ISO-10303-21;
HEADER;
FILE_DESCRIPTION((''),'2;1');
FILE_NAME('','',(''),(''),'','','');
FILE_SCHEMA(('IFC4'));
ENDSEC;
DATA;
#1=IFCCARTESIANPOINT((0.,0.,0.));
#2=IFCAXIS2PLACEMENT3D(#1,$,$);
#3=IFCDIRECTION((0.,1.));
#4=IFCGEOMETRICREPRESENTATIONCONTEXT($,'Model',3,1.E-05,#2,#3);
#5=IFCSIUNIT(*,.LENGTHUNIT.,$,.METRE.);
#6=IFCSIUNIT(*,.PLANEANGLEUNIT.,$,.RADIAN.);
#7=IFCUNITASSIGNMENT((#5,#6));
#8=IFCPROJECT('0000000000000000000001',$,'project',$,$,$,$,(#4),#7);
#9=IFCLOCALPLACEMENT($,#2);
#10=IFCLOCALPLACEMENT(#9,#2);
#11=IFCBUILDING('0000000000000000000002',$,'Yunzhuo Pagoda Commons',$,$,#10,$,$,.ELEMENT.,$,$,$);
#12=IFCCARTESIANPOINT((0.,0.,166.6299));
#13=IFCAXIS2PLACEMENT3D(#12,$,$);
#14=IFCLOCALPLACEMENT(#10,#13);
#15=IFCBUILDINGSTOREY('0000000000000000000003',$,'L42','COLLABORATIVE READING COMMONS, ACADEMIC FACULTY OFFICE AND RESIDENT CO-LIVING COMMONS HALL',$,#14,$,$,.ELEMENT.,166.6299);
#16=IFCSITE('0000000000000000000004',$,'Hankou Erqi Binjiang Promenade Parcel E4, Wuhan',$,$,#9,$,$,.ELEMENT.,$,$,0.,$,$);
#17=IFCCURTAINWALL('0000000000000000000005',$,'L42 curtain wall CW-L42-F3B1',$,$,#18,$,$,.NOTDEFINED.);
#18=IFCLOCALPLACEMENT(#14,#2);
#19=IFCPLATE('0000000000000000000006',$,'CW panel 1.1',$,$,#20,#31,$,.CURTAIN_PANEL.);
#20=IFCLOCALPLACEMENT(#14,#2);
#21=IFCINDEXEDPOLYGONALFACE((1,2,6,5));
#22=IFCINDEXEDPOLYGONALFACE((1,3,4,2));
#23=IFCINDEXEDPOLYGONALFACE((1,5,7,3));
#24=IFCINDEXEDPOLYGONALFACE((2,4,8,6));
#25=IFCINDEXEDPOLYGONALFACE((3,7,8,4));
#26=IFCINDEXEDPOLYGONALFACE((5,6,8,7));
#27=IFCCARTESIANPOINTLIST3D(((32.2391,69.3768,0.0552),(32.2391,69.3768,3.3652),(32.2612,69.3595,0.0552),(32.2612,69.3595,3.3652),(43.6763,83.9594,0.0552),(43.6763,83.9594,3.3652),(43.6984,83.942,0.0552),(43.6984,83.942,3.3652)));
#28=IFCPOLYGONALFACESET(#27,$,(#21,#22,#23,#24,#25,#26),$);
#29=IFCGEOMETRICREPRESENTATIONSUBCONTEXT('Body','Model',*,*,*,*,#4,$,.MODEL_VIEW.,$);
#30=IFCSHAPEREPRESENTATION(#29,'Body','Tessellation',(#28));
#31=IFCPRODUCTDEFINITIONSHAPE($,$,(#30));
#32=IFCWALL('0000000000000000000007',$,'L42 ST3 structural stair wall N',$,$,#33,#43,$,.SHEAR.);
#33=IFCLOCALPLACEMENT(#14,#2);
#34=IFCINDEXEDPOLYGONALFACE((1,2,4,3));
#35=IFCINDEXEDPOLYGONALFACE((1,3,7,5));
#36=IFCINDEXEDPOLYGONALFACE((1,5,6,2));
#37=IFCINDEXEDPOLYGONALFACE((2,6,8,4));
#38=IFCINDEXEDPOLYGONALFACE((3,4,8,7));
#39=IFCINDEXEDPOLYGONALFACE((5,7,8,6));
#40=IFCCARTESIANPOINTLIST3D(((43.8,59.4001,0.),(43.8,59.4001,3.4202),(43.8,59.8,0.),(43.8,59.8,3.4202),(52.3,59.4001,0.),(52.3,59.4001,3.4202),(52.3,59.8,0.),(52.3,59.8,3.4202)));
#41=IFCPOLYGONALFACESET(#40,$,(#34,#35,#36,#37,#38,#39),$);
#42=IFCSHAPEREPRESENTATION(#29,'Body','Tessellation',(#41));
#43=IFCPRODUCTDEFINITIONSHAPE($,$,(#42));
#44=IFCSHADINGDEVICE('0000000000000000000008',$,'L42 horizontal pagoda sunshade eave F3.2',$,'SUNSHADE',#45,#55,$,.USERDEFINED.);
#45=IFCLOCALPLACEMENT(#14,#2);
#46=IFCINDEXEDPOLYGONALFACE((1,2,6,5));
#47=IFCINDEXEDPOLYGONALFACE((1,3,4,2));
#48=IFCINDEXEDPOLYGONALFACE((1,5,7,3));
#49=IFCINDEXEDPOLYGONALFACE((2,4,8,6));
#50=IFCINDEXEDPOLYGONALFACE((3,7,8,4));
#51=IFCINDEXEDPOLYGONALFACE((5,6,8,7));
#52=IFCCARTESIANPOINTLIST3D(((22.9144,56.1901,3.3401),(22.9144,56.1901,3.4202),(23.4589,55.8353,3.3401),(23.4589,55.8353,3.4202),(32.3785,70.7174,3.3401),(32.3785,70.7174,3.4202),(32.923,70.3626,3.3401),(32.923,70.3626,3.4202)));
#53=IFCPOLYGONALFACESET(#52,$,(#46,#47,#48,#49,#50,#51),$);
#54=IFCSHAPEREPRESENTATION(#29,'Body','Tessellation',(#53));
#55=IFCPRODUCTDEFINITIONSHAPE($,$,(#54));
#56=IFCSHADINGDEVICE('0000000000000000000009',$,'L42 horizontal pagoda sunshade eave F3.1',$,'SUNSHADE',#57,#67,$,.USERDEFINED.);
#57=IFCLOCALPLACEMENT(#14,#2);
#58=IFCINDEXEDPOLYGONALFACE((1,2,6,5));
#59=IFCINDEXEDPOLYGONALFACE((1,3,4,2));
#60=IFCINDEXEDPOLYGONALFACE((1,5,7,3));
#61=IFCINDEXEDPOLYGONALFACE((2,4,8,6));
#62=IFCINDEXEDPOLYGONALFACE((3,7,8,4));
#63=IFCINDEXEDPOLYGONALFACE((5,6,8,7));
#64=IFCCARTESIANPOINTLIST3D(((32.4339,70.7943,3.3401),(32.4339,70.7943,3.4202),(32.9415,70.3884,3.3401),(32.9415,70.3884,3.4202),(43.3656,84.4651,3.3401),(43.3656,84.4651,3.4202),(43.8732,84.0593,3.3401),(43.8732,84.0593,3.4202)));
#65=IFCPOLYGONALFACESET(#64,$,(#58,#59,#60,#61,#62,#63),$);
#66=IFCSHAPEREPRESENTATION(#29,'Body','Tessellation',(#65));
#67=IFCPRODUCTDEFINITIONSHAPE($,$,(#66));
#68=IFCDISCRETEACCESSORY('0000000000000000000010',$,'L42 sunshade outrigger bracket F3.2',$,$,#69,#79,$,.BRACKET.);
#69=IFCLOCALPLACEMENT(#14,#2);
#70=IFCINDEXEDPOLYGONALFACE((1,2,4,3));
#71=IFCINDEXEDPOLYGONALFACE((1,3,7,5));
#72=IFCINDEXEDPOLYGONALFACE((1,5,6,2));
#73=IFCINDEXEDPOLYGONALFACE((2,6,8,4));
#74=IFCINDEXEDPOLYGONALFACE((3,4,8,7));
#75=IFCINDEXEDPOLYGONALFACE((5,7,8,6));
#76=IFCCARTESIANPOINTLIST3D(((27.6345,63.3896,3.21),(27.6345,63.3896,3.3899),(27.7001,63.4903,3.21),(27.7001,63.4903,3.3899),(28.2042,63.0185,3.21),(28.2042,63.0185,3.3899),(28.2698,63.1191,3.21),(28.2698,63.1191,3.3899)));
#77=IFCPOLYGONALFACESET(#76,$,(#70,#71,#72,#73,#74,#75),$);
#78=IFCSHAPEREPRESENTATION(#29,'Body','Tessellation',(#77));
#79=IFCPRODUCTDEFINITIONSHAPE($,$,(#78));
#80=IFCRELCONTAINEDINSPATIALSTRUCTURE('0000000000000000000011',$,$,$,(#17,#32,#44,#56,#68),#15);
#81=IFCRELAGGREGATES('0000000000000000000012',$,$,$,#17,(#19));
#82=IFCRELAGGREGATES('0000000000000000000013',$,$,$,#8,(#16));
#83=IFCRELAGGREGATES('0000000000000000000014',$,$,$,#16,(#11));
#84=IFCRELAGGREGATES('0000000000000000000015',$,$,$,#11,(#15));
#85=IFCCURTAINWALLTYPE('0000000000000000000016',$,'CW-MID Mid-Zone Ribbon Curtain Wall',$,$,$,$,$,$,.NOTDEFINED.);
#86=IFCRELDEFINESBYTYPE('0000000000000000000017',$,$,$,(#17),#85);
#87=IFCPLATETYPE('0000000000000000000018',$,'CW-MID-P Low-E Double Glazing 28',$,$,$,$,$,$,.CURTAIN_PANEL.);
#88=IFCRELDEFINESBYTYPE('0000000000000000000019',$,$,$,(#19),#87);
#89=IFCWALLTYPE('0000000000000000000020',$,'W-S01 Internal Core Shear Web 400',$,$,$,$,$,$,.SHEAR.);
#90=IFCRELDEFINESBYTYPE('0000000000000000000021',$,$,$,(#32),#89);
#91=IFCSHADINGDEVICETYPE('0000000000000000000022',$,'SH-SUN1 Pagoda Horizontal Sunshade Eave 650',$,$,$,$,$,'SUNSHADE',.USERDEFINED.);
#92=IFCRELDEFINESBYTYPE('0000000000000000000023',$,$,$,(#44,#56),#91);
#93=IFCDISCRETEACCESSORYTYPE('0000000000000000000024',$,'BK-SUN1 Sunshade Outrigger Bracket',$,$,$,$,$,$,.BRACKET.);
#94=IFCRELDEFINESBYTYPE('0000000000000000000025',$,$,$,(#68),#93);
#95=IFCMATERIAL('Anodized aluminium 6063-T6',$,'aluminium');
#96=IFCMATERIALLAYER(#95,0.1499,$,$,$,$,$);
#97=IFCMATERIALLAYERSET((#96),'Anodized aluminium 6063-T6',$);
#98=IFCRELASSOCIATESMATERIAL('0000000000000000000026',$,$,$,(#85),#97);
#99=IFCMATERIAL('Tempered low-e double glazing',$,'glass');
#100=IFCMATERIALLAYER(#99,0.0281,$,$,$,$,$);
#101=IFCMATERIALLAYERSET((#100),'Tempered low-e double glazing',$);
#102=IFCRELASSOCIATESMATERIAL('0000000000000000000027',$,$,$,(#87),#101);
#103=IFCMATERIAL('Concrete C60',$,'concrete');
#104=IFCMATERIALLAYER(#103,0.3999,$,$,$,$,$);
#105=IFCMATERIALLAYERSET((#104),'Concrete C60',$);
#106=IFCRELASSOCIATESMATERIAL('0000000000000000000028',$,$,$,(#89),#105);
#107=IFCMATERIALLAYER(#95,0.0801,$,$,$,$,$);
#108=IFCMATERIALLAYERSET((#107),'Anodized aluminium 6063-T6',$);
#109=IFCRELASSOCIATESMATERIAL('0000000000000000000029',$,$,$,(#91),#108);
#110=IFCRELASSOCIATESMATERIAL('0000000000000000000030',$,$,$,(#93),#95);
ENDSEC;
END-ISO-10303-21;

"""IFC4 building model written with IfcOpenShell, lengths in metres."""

from ifc_helpers import new_model, si_unit, direction, frame, frame_2d, origin, origin_2d, place, context, subcontext, project, spatial, rectangle, extrude, source, transform, mapped, material, layer, layer_set, type_object, element, aggregate, save


model = new_model("IFC4")

# Units and contexts
model_context = context("Model", 3, precision=1e-05, world=origin(), true_north=direction((0.0, 1.0)))
body_context = subcontext(model_context, "Body", "Model", "MODEL_VIEW")
ifc_project = project(units=[si_unit("LENGTHUNIT", "METRE"), si_unit("PLANEANGLEUNIT", "RADIAN")], contexts=[model_context])

# Site, building, storey
site_placement = place(None, origin())
site = spatial("IfcSite", under=ifc_project, at=site_placement, Name="Hankou Erqi Binjiang Promenade Parcel E4, Wuhan", CompositionType="ELEMENT", RefElevation=0.0)
building_placement = place(site_placement, origin())
building = spatial("IfcBuilding", under=site, at=building_placement, Name="Yunzhuo Pagoda Commons", CompositionType="ELEMENT")
storey_placement = place(building_placement, frame((0.0, 0.0, 166.6299)))
storey = spatial("IfcBuildingStorey", under=building, at=storey_placement, Name="L42", Description="COLLABORATIVE READING COMMONS, ACADEMIC FACULTY OFFICE AND RESIDENT CO-LIVING COMMONS HALL", CompositionType="ELEMENT", Elevation=166.6299)

# Shared definitions
ifc_material_1 = material(Name="Anodized aluminium 6063-T6", Category="aluminium")
ifc_layer_1 = layer(ifc_material_1, 0.1499)
ifc_layer_set_1 = layer_set([ifc_layer_1], Name="Anodized aluminium 6063-T6")
curtain_wall_type = type_object("IfcCurtainWallType", Name="CW-MID Mid-Zone Ribbon Curtain Wall", PredefinedType="NOTDEFINED", material=ifc_layer_set_1)

# Curtain wall
curtain_wall_1_placement = place(storey_placement, origin())
curtain_wall_1 = element("IfcCurtainWall", 1, at=curtain_wall_1_placement, inside=storey, type_object=curtain_wall_type, Name="L42 curtain wall CW-L42-F3B1", PredefinedType="NOTDEFINED")

# Shared definitions
ifc_material_2 = material(Name="Tempered low-e double glazing", Category="glass")
ifc_layer_2 = layer(ifc_material_2, 0.0281)
ifc_layer_set_2 = layer_set([ifc_layer_2], Name="Tempered low-e double glazing")
plate_type_1 = type_object("IfcPlateType", Name="CW-MID-P Low-E Double Glazing 28", PredefinedType="CURTAIN_PANEL", material=ifc_layer_set_2)

# Plate
shared_shape_1 = source(origin(), body_context, "Body", "SweptSolid", [
    extrude(rectangle(XDim=18.5327, YDim=0.0281, at=origin_2d()), origin(), (0.0, 0.0, 1.0), 3.3101),
])
plate_1_placement = place(storey_placement, frame((37.9688, 76.6594, 0.0552), z_axis=(0.0, 0.0, 1.0), x_axis=(-0.617138, -0.786855, 0.0)))
plate_1 = element("IfcPlate", 2, at=plate_1_placement, type_object=plate_type_1, Name="CW panel 1.1", PredefinedType="CURTAIN_PANEL", context=body_context, shape_type="MappedRepresentation", body=[
    mapped(shared_shape_1, transform((0.0, 0.0, 0.0), scale=1.0)),
])
aggregate(curtain_wall_1, [plate_1])

# Wall
ifc_material_3 = material(Name="Concrete C60", Category="concrete")
ifc_layer_3 = layer(ifc_material_3, 0.3999)
ifc_layer_set_3 = layer_set([ifc_layer_3], Name="Concrete C60")
wall_type = type_object("IfcWallType", Name="W-S01 Internal Core Shear Web 400", PredefinedType="SHEAR", material=ifc_layer_set_3)
wall_placement = place(storey_placement, frame((43.8, 59.6001, 0.0), z_axis=(0.0, 0.0, 1.0), x_axis=(1.0, 0.0, 0.0)))
element("IfcWall", 3, at=wall_placement, inside=storey, type_object=wall_type, Name="L42 ST3 structural stair wall N", PredefinedType="SHEAR", context=body_context, shape_type="SweptSolid", body=[
    extrude(rectangle(XDim=8.5, YDim=0.3999, at=frame_2d((4.25, 0.0))), origin(), (0.0, 0.0, 1.0), 3.4202),
])

# Shading devices
ifc_layer_4 = layer(ifc_material_1, 0.0801)
ifc_layer_set_4 = layer_set([ifc_layer_4], Name="Anodized aluminium 6063-T6")
shading_device_type = type_object("IfcShadingDeviceType", Name="SH-SUN1 Pagoda Horizontal Sunshade Eave 650", ElementType="SUNSHADE", PredefinedType="USERDEFINED", material=ifc_layer_set_4)
shared_shape_2 = source(origin(), body_context, "Body", "SweptSolid", [
    extrude(rectangle(XDim=17.3381, YDim=0.6499, at=origin_2d()), origin(), (0.0, 0.0, 1.0), 0.0801),
])
shading_device_1_placement = place(storey_placement, frame((27.9187, 63.2764, 3.3401), z_axis=(0.0, 0.0, 1.0), x_axis=(-0.545853, -0.837881, 0.0)))
element("IfcShadingDevice", 4, at=shading_device_1_placement, inside=storey, type_object=shading_device_type, Name="L42 horizontal pagoda sunshade eave F3.2", ObjectType="SUNSHADE", PredefinedType="USERDEFINED", context=body_context, shape_type="MappedRepresentation", body=[
    mapped(shared_shape_2, transform((0.0, 0.0, 0.0), scale=1.0)),
])
shared_shape_3 = source(origin(), body_context, "Body", "SweptSolid", [
    extrude(rectangle(XDim=17.5042, YDim=0.6499, at=origin_2d()), origin(), (0.0, 0.0, 1.0), 0.0801),
])
shading_device_2_placement = place(storey_placement, frame((38.1536, 77.4268, 3.3401), z_axis=(0.0, 0.0, 1.0), x_axis=(-0.62452, -0.781008, 0.0)))
element("IfcShadingDevice", 5, at=shading_device_2_placement, inside=storey, type_object=shading_device_type, Name="L42 horizontal pagoda sunshade eave F3.1", ObjectType="SUNSHADE", PredefinedType="USERDEFINED", context=body_context, shape_type="MappedRepresentation", body=[
    mapped(shared_shape_3, transform((0.0, 0.0, 0.0), scale=1.0)),
])

# Discrete accessory
discrete_accessory_type = type_object("IfcDiscreteAccessoryType", Name="BK-SUN1 Sunshade Outrigger Bracket", PredefinedType="BRACKET", material=ifc_material_1)
shared_shape_4 = source(origin(), body_context, "Body", "SweptSolid", [
    extrude(rectangle(XDim=0.1201, YDim=0.6799, at=origin_2d()), origin(), (0.0, 0.0, 1.0), 0.1799),
])
discrete_accessory_placement = place(storey_placement, frame((27.9521, 63.2544, 3.21), z_axis=(0.0, 0.0, 1.0), x_axis=(-0.545853, -0.837881, 0.0)))
element("IfcDiscreteAccessory", 6, at=discrete_accessory_placement, inside=storey, type_object=discrete_accessory_type, Name="L42 sunshade outrigger bracket F3.2", PredefinedType="BRACKET", context=body_context, shape_type="MappedRepresentation", body=[
    mapped(shared_shape_4, transform((0.0, 0.0, 0.0), scale=1.0)),
])

save(model, "model.ifc")
